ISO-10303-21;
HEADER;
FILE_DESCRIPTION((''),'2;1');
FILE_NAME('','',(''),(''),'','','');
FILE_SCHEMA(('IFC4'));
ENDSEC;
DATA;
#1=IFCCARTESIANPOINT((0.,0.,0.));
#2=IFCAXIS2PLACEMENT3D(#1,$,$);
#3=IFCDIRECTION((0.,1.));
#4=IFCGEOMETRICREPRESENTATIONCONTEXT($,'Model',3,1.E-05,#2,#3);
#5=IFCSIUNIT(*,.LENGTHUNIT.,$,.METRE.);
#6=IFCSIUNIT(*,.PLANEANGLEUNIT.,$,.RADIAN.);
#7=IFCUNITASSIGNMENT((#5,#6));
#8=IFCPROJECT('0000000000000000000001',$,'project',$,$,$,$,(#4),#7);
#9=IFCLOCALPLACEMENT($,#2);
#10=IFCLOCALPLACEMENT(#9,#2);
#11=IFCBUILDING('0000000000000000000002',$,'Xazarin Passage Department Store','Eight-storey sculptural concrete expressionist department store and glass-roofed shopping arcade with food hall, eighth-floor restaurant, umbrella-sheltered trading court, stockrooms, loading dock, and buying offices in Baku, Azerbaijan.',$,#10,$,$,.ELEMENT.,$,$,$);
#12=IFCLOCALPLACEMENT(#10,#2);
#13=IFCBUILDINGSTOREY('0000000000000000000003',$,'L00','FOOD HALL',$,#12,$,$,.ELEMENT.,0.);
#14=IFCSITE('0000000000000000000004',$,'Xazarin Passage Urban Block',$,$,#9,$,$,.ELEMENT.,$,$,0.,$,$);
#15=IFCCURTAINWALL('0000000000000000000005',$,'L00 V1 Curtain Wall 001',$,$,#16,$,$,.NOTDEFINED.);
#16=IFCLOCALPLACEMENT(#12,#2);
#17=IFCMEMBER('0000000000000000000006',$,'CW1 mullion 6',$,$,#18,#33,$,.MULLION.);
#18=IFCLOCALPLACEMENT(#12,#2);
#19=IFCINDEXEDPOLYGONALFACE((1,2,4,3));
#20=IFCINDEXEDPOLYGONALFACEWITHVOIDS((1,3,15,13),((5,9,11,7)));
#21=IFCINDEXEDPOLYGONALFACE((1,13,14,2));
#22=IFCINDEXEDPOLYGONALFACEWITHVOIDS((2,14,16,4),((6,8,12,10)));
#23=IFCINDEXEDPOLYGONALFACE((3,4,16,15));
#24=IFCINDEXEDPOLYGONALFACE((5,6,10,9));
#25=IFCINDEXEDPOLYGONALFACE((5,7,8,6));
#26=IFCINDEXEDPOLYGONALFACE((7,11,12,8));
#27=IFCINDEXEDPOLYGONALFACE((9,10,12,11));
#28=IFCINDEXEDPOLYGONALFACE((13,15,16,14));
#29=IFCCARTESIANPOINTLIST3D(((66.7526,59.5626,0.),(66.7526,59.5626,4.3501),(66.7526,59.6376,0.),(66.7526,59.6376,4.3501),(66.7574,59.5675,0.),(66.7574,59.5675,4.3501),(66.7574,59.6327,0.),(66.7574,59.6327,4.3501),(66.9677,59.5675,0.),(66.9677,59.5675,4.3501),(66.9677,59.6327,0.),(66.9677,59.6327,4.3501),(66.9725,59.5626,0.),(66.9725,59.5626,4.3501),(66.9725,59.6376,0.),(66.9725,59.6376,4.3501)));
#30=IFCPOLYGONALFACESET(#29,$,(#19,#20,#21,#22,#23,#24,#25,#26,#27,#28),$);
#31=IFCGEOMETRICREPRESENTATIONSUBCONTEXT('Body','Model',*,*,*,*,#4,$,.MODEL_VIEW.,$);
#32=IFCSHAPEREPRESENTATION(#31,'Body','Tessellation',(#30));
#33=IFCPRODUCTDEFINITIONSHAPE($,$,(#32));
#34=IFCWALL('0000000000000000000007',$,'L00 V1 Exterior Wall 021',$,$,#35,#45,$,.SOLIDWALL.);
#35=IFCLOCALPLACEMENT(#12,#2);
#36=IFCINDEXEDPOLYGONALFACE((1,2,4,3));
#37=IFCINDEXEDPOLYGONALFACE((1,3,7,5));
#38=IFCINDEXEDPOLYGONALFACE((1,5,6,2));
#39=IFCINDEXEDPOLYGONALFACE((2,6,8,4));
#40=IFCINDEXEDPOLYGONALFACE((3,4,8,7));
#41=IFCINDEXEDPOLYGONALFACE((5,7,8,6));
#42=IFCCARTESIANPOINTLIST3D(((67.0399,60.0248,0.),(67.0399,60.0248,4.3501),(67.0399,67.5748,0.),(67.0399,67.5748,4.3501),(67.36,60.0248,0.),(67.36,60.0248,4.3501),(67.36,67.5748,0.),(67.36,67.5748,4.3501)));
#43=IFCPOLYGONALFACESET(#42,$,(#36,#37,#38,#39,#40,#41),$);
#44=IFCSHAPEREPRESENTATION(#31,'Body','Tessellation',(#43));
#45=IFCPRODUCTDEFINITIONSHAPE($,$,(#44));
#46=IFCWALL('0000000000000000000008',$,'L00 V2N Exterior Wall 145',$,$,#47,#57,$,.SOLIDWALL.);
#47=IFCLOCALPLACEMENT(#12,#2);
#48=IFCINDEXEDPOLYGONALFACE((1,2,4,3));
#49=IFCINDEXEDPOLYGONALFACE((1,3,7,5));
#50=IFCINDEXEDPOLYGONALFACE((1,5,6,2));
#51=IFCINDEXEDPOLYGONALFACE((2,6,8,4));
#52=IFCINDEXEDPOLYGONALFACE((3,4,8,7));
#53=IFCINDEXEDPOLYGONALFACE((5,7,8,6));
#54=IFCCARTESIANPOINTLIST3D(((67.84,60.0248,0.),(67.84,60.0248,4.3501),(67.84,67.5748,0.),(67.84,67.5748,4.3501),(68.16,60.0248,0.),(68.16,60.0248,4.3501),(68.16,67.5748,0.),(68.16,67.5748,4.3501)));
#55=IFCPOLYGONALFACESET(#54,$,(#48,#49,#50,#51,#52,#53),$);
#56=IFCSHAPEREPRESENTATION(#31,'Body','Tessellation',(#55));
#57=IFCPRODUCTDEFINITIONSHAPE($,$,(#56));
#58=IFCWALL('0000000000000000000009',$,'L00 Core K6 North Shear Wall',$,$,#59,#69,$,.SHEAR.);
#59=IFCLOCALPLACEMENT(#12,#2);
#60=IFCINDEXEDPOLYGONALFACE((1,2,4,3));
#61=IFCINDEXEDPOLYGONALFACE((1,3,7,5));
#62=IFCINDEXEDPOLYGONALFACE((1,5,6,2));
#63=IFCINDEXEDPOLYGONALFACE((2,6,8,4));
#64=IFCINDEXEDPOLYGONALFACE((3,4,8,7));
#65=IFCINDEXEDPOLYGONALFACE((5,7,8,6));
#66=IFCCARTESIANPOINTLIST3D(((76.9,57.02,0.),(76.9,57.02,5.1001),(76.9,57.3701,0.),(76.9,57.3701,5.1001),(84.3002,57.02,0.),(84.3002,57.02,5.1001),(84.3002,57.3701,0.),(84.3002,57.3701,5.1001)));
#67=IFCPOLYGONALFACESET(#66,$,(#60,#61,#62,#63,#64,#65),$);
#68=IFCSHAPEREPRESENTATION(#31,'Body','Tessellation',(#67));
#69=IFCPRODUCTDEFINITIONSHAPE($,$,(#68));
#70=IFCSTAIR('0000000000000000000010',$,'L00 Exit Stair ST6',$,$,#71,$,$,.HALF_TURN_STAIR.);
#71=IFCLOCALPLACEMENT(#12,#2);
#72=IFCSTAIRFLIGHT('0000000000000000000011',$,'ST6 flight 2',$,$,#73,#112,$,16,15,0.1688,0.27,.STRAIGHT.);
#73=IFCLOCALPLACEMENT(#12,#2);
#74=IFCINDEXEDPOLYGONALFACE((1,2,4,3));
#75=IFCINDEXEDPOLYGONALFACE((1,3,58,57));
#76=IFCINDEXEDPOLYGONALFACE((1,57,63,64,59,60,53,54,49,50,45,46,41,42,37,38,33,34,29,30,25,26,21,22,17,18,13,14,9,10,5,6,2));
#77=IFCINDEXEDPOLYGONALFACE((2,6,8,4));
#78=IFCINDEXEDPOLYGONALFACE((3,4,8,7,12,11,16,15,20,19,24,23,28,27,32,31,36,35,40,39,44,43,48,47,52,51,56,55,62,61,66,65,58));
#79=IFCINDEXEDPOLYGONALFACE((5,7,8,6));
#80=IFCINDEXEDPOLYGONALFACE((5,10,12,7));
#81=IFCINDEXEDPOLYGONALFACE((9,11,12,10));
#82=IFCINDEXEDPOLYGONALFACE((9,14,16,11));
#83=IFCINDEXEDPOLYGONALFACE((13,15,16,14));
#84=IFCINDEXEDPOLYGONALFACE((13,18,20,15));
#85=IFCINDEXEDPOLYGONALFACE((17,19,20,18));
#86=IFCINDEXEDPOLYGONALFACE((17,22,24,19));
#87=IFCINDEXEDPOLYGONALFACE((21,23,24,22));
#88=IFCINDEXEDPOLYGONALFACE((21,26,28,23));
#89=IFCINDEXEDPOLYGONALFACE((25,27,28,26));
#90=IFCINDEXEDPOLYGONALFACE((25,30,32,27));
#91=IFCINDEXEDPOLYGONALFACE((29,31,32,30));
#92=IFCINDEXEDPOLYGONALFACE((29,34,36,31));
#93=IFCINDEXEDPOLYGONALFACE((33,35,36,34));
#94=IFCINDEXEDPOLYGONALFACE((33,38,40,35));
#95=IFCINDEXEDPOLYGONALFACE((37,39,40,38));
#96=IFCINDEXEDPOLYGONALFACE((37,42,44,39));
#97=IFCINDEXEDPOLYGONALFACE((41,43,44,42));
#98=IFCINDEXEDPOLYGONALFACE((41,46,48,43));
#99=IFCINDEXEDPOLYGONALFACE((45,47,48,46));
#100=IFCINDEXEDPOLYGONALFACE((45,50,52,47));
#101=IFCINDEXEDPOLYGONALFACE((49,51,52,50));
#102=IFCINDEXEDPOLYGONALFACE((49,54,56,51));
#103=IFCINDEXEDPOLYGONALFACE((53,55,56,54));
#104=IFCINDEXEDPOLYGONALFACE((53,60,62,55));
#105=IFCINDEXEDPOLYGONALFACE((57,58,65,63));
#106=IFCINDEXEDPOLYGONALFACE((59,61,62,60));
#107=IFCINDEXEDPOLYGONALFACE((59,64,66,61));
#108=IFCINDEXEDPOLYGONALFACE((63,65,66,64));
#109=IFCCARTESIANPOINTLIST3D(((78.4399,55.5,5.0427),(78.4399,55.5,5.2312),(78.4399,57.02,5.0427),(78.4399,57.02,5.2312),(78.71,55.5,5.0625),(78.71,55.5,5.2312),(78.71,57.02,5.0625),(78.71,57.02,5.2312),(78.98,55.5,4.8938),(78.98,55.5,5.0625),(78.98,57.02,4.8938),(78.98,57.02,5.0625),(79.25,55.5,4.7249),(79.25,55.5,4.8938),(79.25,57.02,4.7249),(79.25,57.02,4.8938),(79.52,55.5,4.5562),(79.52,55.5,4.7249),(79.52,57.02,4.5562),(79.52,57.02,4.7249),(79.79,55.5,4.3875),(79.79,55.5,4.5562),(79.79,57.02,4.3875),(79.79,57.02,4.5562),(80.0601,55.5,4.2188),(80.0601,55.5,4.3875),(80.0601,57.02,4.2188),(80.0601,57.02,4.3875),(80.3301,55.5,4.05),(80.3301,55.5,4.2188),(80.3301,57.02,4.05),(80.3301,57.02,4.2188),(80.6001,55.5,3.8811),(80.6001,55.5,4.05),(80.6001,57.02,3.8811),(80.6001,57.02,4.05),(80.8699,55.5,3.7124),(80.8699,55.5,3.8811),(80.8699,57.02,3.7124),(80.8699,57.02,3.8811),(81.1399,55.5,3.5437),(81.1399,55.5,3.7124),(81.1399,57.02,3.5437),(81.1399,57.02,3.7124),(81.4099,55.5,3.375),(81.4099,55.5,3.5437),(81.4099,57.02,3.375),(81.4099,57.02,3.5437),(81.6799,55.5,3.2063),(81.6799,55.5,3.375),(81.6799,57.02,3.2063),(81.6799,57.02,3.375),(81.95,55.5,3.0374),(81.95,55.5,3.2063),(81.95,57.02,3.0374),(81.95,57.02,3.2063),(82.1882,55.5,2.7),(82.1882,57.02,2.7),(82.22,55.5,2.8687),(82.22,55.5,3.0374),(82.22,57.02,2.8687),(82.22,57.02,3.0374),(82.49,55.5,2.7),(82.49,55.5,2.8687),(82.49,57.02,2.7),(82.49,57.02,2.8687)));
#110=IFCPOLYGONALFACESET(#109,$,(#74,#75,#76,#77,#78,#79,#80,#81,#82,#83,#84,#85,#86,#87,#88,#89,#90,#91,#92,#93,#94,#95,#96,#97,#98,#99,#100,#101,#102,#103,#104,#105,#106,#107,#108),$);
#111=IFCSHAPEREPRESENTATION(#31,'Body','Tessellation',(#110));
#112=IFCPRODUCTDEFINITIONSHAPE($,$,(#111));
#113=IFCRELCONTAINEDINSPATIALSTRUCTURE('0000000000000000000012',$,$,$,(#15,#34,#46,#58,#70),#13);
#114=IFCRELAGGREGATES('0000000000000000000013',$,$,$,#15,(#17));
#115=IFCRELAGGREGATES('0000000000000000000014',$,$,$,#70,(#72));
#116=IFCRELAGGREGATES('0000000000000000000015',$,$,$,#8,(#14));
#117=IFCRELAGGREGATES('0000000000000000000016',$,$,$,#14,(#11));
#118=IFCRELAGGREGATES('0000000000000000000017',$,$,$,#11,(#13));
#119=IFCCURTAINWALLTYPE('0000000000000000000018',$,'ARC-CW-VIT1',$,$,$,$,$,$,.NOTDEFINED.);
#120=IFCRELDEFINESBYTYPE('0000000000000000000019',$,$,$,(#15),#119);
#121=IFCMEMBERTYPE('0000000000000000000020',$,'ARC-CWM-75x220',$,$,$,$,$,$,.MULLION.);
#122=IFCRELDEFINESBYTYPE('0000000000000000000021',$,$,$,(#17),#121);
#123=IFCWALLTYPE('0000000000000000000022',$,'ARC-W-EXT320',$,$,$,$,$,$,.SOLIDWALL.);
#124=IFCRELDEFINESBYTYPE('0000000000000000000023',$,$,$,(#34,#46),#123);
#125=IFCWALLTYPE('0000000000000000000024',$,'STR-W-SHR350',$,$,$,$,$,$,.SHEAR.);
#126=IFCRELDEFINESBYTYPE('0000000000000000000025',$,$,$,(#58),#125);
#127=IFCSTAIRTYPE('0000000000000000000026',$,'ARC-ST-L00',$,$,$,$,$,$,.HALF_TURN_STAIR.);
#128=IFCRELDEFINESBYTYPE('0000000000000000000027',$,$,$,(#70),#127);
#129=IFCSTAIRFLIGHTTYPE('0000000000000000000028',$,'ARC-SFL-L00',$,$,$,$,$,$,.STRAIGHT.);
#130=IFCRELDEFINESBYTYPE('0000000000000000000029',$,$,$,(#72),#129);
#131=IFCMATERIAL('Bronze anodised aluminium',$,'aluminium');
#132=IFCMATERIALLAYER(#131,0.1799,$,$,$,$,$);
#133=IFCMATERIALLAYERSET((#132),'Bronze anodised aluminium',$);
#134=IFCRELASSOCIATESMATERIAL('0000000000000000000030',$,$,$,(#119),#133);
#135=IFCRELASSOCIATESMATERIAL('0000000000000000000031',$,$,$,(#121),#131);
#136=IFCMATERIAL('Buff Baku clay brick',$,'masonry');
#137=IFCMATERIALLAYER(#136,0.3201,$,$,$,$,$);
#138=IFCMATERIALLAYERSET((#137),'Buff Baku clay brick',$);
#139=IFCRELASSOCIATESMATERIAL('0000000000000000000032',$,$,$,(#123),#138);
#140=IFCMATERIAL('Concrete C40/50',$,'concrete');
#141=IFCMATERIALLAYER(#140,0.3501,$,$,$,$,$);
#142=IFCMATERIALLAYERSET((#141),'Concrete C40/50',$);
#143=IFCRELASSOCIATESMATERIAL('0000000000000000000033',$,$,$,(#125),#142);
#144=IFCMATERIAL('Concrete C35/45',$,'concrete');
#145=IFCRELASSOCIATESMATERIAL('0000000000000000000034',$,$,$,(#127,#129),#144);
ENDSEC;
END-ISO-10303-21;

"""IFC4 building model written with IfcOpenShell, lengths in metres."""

from ifc_helpers import new_model, si_unit, direction, frame, frame_2d, origin, origin_2d, place, context, subcontext, project, spatial, polyline, rectangle, hollow_rectangle, outline, extrude, material, layer, layer_set, material_profile, profile_set, type_object, element, aggregate, save


model = new_model("IFC4")

# Units and contexts
model_context = context("Model", 3, precision=1e-05, world=origin(), true_north=direction((0.0, 1.0)))
body_context = subcontext(model_context, "Body", "Model", "MODEL_VIEW")
ifc_project = project(units=[si_unit("LENGTHUNIT", "METRE"), si_unit("PLANEANGLEUNIT", "RADIAN")], contexts=[model_context])

# Site, building, storey
site_placement = place(None, origin())
site = spatial("IfcSite", under=ifc_project, at=site_placement, Name="Xazarin Passage Urban Block", CompositionType="ELEMENT", RefElevation=0.0)
building_placement = place(site_placement, origin())
building = spatial("IfcBuilding", under=site, at=building_placement, Name="Xazarin Passage Department Store", Description="Eight-storey sculptural concrete expressionist department store and glass-roofed shopping arcade with food hall, eighth-floor restaurant, umbrella-sheltered trading court, stockrooms, loading dock, and buying offices in Baku, Azerbaijan.", CompositionType="ELEMENT")
storey_placement = place(building_placement, origin())
storey = spatial("IfcBuildingStorey", under=building, at=storey_placement, Name="L00", Description="FOOD HALL", CompositionType="ELEMENT", Elevation=0.0)

# Shared definitions
ifc_material_1 = material(Name="Concrete C35/45", Category="concrete")

# Shared definitions
ifc_material_2 = material(Name="Concrete C40/50", Category="concrete")

# Curtain wall, member
ifc_material_3 = material(Name="Bronze anodised aluminium", Category="aluminium")
ifc_layer_1 = layer(ifc_material_3, 0.1799)
ifc_layer_set_1 = layer_set([ifc_layer_1], Name="Bronze anodised aluminium")
curtain_wall_type = type_object("IfcCurtainWallType", Name="ARC-CW-VIT1", PredefinedType="NOTDEFINED", material=ifc_layer_set_1)
curtain_wall_placement = place(storey_placement, origin())
curtain_wall = element("IfcCurtainWall", 1, at=curtain_wall_placement, inside=storey, type_object=curtain_wall_type, Name="L00 V1 Curtain Wall 001", PredefinedType="NOTDEFINED")
ifc_material_profile_1 = material_profile(ifc_material_3, hollow_rectangle(XDim=0.075, YDim=0.22, WallThickness=0.0049, at=origin_2d()), Name="ALU 75x220")
ifc_profile_set_1 = profile_set([ifc_material_profile_1], Name="Bronze anodised aluminium")
member_type = type_object("IfcMemberType", Name="ARC-CWM-75x220", PredefinedType="MULLION", material=ifc_profile_set_1)
member_placement = place(storey_placement, frame((66.8625, 59.6001, 0.0), z_axis=(0.0, 0.0, 1.0), x_axis=(0.0, 1.0, 0.0)))
member = element("IfcMember", 2, at=member_placement, type_object=member_type, Name="CW1 mullion 6", PredefinedType="MULLION", context=body_context, shape_type="SweptSolid", body=[
    extrude(hollow_rectangle(XDim=0.075, YDim=0.22, WallThickness=0.0049, at=origin_2d()), origin(), (0.0, 0.0, 1.0), 4.3501),
])
aggregate(curtain_wall, [member])

# Walls
ifc_material_4 = material(Name="Buff Baku clay brick", Category="masonry")
ifc_layer_2 = layer(ifc_material_4, 0.3201)
ifc_layer_set_2 = layer_set([ifc_layer_2], Name="Buff Baku clay brick")
wall_type_1 = type_object("IfcWallType", Name="ARC-W-EXT320", PredefinedType="SOLIDWALL", material=ifc_layer_set_2)
for number, where, z_axis, x_axis, name in (
    (3, (67.2, 60.0249, 0.0), (0.0, 0.0, 1.0), (0.0, 1.0, 0.0), "L00 V1 Exterior Wall 021"),
    (4, (68.0, 60.0249, 0.0), (0.0, 0.0, 1.0), (0.0, 1.0, 0.0), "L00 V2N Exterior Wall 145"),
):
    element("IfcWall", number, at=place(storey_placement, frame(where, z_axis=z_axis, x_axis=x_axis)), inside=storey, type_object=wall_type_1, Name=name, PredefinedType="SOLIDWALL", context=body_context, shape_type="SweptSolid", body=[
        extrude(rectangle(XDim=7.55, YDim=0.3201, at=frame_2d((3.7749, 0.0))), origin(), (0.0, 0.0, 1.0), 4.3501),
    ])
ifc_layer_3 = layer(ifc_material_2, 0.3501)
ifc_layer_set_3 = layer_set([ifc_layer_3], Name="Concrete C40/50")
wall_type_2 = type_object("IfcWallType", Name="STR-W-SHR350", PredefinedType="SHEAR", material=ifc_layer_set_3)
wall_placement = place(storey_placement, frame((76.8999, 57.1951, 0.0), z_axis=(0.0, 0.0, 1.0), x_axis=(1.0, 0.0, 0.0)))
element("IfcWall", 5, at=wall_placement, inside=storey, type_object=wall_type_2, Name="L00 Core K6 North Shear Wall", PredefinedType="SHEAR", context=body_context, shape_type="SweptSolid", body=[
    extrude(rectangle(XDim=7.4001, YDim=0.3501, at=frame_2d((3.7002, 0.0))), origin(), (0.0, 0.0, 1.0), 5.1001),
])

# Stair, stair flight
stair_type = type_object("IfcStairType", Name="ARC-ST-L00", PredefinedType="HALF_TURN_STAIR", material=ifc_material_1)
stair_placement = place(storey_placement, origin())
stair = element("IfcStair", 6, at=stair_placement, inside=storey, type_object=stair_type, Name="L00 Exit Stair ST6", PredefinedType="HALF_TURN_STAIR")
stair_flight_type = type_object("IfcStairFlightType", Name="ARC-SFL-L00", PredefinedType="STRAIGHT", material=ifc_material_1)
stair_flight_placement = place(storey_placement, frame((82.49, 56.26, 2.7), z_axis=(0.0, 0.0, 1.0), x_axis=(-1.0, 0.0, 0.0)))
stair_flight = element("IfcStairFlight", 7, at=stair_flight_placement, type_object=stair_flight_type, Name="ST6 flight 2", NumberOfRisers=16, NumberOfTreads=15, PredefinedType="STRAIGHT", RiserHeight=0.1688, TreadLength=0.27, context=body_context, shape_type="SweptSolid", body=[
    extrude(outline(polyline([(0.0, 0.0), (0.0, 0.1687), (0.27, 0.1687), (0.27, 0.3374), (0.54, 0.3374), (0.54, 0.5063), (0.8101, 0.5063), (0.8101, 0.675), (1.0801, 0.675), (1.0801, 0.8438), (1.3501, 0.8438), (1.3501, 1.0125), (1.6201, 1.0125), (1.6201, 1.1812), (1.8899, 1.1812), (1.8899, 1.3501), (2.1599, 1.3501), (2.1599, 1.5188), (2.4299, 1.5188), (2.4299, 1.6875), (2.7, 1.6875), (2.7, 1.8562), (2.97, 1.8562), (2.97, 2.0249), (3.24, 2.0249), (3.24, 2.1938), (3.51, 2.1938), (3.51, 2.3625), (3.78, 2.3625), (3.78, 2.5312), (4.05, 2.5312), (4.05, 2.7), (4.05, 2.3428), (0.3018, 0.0), (0.0, 0.0)])), frame((0.0, 0.76, 0.0), z_axis=(0.0, -1.0, 0.0), x_axis=(1.0, 0.0, 0.0)), (0.0, 0.0, 1.0), 1.52),
])
aggregate(stair, [stair_flight])

save(model, "model.ifc")
